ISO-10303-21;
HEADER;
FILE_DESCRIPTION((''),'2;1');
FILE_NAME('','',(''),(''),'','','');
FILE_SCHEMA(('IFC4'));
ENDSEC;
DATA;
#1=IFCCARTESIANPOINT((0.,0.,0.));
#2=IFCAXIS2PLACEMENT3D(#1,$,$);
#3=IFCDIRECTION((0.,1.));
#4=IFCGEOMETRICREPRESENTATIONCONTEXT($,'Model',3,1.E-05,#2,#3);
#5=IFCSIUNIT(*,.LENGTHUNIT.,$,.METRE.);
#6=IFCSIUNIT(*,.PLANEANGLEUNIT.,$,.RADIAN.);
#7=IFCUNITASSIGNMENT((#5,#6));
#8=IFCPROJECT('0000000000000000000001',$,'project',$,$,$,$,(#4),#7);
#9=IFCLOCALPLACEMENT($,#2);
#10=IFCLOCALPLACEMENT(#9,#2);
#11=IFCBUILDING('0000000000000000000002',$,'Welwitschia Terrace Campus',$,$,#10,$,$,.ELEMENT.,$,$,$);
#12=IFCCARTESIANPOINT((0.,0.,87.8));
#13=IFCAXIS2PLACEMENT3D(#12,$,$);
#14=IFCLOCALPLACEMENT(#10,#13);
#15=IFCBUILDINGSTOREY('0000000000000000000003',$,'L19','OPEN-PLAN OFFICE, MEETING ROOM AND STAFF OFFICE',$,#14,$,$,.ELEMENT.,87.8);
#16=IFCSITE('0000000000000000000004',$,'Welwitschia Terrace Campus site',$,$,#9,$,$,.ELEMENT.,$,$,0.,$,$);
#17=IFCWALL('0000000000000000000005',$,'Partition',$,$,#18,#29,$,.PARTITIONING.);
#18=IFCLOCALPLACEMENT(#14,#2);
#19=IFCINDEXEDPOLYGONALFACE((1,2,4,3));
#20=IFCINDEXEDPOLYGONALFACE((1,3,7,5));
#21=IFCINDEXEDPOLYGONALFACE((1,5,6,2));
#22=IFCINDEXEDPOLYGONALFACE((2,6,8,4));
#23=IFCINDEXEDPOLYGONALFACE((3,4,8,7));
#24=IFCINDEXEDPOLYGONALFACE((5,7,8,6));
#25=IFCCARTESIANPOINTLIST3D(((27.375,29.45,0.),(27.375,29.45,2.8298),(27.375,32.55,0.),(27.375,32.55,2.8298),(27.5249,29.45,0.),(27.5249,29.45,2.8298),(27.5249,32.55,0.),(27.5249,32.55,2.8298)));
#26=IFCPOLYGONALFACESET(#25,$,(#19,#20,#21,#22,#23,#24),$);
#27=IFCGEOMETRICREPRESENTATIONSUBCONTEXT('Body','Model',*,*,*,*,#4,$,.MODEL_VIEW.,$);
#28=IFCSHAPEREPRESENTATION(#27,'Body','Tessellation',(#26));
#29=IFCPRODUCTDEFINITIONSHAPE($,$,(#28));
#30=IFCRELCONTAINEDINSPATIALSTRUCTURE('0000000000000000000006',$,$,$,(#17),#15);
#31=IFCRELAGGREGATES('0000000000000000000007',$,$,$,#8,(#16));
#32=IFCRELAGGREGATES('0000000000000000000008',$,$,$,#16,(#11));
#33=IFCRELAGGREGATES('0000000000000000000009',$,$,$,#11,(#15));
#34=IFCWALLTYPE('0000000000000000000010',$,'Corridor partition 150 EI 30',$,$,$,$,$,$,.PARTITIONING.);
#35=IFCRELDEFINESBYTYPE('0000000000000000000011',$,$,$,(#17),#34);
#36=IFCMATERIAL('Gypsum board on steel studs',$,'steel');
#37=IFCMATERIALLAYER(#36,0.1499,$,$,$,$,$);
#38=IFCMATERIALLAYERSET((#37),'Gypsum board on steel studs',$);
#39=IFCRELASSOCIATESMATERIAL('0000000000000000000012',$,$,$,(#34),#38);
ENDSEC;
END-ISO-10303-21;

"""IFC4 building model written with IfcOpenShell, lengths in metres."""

from ifc_helpers import new_model, si_unit, direction, frame, frame_2d, origin, place, context, subcontext, project, spatial, rectangle, extrude, material, layer, layer_set, type_object, element, save


model = new_model("IFC4")

# Units and contexts
model_context = context("Model", 3, precision=1e-05, world=origin(), true_north=direction((0.0, 1.0)))
body_context = subcontext(model_context, "Body", "Model", "MODEL_VIEW")
ifc_project = project(units=[si_unit("LENGTHUNIT", "METRE"), si_unit("PLANEANGLEUNIT", "RADIAN")], contexts=[model_context])

# Site, building, storey
site_placement = place(None, origin())
site = spatial("IfcSite", under=ifc_project, at=site_placement, Name="Welwitschia Terrace Campus site", CompositionType="ELEMENT", RefElevation=0.0)
building_placement = place(site_placement, origin())
building = spatial("IfcBuilding", under=site, at=building_placement, Name="Welwitschia Terrace Campus", CompositionType="ELEMENT")
storey_placement = place(building_placement, frame((0.0, 0.0, 87.8)))
storey = spatial("IfcBuildingStorey", under=building, at=storey_placement, Name="L19", Description="OPEN-PLAN OFFICE, MEETING ROOM AND STAFF OFFICE", CompositionType="ELEMENT", Elevation=87.8)

# Shared definitions
ifc_material_1 = material(Name="Gypsum board on steel studs", Category="steel")
ifc_layer_1 = layer(ifc_material_1, 0.1499)
ifc_layer_set_1 = layer_set([ifc_layer_1], Name="Gypsum board on steel studs")
wall_type = type_object("IfcWallType", Name="Corridor partition 150 EI 30", PredefinedType="PARTITIONING", material=ifc_layer_set_1)

# Wall
wall_1_placement = place(storey_placement, frame((27.45, 29.45, 0.0), z_axis=(0.0, 0.0, 1.0), x_axis=(0.0, 1.0, 0.0)))
element("IfcWall", 1, at=wall_1_placement, inside=storey, type_object=wall_type, Name="Partition", PredefinedType="PARTITIONING", context=body_context, shape_type="SweptSolid", body=[
    extrude(rectangle(XDim=3.1001, YDim=0.1499, at=frame_2d((1.55, 0.0))), origin(), (0.0, 0.0, 1.0), 2.8298),
])

save(model, "model.ifc")
